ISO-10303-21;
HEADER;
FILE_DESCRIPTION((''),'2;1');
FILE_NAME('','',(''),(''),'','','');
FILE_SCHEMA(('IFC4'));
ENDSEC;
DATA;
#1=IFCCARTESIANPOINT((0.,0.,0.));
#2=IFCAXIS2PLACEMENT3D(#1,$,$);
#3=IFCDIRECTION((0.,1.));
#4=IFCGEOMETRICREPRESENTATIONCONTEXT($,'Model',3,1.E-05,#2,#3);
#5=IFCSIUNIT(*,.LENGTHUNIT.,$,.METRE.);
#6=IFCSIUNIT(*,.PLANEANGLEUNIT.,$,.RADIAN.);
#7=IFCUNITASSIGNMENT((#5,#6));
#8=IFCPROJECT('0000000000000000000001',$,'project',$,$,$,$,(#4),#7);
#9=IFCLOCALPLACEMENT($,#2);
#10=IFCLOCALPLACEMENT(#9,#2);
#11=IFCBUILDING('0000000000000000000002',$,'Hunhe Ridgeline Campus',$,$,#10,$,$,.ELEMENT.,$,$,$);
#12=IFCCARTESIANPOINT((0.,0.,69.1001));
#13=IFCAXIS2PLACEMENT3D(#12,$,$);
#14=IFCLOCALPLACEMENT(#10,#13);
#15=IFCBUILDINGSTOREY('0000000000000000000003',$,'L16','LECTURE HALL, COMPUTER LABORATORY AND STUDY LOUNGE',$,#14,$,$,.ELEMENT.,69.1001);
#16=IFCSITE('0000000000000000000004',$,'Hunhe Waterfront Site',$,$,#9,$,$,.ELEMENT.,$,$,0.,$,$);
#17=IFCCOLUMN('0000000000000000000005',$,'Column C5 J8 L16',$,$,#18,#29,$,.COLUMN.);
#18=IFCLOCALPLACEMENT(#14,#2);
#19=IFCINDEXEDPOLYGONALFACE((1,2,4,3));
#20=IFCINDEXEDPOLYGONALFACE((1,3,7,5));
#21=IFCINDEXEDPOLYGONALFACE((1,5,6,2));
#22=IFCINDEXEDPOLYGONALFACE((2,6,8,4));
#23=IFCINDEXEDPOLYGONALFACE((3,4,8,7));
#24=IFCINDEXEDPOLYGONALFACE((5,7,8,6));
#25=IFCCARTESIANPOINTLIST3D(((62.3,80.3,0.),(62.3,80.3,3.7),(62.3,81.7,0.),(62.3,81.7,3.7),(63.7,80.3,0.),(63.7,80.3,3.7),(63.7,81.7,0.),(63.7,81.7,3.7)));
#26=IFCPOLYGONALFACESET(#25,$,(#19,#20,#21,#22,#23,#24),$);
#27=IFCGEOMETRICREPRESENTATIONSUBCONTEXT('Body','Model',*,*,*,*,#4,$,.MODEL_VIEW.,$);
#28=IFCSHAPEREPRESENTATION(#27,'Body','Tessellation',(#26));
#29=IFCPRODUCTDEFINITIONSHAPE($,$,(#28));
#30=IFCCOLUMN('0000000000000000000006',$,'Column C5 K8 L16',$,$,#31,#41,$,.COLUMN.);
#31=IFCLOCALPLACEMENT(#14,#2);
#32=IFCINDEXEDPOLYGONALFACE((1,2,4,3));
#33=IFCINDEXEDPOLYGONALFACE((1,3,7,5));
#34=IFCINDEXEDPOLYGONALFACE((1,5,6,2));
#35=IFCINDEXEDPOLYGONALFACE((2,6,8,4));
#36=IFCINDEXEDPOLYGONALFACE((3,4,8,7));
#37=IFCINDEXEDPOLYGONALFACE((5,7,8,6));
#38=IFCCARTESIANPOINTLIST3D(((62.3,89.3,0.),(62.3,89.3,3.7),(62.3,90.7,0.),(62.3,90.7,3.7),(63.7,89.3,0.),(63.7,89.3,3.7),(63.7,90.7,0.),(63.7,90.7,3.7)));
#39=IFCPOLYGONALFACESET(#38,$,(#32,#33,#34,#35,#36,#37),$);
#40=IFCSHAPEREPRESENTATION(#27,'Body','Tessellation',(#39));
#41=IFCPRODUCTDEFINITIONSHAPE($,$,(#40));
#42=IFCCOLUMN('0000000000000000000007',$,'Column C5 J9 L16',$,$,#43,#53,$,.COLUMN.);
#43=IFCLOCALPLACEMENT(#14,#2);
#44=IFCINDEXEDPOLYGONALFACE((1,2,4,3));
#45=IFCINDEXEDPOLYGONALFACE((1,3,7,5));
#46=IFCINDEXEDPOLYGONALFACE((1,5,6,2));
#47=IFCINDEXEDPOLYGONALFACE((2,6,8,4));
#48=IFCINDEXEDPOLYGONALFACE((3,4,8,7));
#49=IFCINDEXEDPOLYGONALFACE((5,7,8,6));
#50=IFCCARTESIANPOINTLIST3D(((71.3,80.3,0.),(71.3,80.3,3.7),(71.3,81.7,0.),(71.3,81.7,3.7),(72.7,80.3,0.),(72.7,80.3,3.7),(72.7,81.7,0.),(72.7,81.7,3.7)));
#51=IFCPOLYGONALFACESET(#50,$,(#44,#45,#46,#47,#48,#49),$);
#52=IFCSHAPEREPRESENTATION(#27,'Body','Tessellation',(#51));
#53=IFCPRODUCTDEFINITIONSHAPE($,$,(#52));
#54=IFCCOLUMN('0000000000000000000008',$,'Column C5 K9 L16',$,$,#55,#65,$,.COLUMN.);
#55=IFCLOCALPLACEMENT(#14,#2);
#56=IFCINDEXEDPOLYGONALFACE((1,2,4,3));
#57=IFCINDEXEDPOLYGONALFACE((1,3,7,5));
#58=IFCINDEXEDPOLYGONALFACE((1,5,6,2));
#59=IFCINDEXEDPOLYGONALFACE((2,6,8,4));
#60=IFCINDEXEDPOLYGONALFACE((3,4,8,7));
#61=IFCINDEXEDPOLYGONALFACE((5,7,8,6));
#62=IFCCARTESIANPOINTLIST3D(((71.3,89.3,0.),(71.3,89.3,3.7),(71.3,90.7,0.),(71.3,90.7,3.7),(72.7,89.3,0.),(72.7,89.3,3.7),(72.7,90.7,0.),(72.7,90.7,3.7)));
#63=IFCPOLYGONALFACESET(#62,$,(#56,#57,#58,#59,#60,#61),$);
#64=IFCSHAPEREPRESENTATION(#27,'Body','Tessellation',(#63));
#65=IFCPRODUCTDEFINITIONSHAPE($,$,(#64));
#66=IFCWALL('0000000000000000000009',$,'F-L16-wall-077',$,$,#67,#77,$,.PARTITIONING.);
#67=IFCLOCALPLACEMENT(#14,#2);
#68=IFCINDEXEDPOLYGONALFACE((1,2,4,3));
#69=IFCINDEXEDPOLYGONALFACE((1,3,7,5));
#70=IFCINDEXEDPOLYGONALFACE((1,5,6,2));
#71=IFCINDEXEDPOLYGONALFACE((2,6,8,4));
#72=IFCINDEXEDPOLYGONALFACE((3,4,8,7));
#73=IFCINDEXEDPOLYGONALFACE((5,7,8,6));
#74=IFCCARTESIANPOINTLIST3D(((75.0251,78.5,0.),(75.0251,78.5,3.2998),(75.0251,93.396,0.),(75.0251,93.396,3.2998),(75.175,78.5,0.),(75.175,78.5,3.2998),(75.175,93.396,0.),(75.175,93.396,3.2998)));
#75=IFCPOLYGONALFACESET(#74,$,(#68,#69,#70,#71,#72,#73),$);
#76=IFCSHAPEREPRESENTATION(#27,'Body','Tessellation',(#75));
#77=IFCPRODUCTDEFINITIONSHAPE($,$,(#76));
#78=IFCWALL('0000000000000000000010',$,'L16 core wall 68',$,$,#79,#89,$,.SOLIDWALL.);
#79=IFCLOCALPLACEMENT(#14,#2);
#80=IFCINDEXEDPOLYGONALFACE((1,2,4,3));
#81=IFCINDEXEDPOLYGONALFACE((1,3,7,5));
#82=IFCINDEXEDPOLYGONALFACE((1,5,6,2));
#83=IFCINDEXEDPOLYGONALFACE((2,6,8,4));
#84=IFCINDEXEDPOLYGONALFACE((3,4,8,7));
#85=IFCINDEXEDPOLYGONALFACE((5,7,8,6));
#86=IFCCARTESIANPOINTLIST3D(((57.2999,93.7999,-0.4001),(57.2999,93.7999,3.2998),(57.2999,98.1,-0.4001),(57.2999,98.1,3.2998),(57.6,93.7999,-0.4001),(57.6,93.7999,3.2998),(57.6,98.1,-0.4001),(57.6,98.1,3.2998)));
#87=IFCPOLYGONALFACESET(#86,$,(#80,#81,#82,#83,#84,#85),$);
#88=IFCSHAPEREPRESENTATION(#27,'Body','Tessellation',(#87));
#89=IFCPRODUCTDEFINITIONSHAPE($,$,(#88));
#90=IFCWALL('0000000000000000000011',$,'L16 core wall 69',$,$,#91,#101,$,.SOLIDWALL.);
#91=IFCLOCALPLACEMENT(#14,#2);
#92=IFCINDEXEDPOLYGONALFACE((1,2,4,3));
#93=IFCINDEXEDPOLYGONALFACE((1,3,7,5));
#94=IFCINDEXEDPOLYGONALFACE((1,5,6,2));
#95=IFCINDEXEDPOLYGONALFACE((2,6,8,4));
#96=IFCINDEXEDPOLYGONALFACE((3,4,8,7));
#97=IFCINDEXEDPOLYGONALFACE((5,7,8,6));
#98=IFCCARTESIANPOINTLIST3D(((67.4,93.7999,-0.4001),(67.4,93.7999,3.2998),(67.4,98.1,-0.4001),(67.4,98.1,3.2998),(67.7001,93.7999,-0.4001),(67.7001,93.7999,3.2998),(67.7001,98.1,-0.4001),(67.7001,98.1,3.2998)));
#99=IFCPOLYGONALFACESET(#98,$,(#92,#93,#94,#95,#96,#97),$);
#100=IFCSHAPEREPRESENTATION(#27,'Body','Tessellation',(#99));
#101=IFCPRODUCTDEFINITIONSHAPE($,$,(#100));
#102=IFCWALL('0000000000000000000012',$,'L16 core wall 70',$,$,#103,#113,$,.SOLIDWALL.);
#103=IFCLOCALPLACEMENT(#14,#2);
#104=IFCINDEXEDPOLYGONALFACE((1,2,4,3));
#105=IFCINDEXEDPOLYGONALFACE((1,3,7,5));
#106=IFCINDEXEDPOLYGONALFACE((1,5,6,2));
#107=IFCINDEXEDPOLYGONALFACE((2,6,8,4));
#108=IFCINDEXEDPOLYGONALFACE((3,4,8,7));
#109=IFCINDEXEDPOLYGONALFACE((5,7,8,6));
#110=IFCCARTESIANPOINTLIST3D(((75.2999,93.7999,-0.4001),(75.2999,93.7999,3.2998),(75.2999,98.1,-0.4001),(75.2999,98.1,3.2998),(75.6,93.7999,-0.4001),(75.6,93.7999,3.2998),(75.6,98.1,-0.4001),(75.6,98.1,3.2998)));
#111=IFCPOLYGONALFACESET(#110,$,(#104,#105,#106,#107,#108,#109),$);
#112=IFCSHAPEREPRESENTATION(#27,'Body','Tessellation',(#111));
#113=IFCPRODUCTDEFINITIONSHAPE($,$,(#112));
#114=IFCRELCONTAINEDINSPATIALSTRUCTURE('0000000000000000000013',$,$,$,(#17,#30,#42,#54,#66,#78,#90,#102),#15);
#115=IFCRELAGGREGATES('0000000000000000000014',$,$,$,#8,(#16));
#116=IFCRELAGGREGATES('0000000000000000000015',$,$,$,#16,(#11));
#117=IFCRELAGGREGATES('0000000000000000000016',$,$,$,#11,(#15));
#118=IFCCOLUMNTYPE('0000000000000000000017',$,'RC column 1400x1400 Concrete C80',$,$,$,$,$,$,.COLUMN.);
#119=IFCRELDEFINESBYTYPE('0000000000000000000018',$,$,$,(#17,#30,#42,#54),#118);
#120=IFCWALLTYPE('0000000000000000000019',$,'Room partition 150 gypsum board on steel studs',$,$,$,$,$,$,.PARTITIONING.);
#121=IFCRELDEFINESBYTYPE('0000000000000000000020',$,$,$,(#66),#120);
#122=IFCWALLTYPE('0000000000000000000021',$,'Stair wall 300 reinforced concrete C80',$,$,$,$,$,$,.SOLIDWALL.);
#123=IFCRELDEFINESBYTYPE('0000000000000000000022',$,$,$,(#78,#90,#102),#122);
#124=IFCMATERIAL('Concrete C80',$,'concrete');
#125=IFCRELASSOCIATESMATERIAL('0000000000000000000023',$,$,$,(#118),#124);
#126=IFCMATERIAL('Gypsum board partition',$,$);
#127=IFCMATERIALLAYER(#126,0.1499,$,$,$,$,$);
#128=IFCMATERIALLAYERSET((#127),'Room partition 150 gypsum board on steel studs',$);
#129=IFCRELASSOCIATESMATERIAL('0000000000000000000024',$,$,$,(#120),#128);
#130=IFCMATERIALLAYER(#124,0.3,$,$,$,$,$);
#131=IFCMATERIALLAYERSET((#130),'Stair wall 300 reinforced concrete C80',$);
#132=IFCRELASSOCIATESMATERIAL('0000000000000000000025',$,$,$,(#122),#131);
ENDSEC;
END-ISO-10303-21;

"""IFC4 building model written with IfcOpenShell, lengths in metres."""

from ifc_helpers import new_model, si_unit, direction, frame, frame_2d, origin, origin_2d, place, context, subcontext, project, spatial, rectangle, extrude, material, layer, layer_set, material_profile, profile_set, type_object, element, save


model = new_model("IFC4")

# Units and contexts
model_context = context("Model", 3, precision=1e-05, world=origin(), true_north=direction((0.0, 1.0)))
body_context = subcontext(model_context, "Body", "Model", "MODEL_VIEW")
ifc_project = project(units=[si_unit("LENGTHUNIT", "METRE"), si_unit("PLANEANGLEUNIT", "RADIAN")], contexts=[model_context])

# Site, building, storey
site_placement = place(None, origin())
site = spatial("IfcSite", under=ifc_project, at=site_placement, Name="Hunhe Waterfront Site", CompositionType="ELEMENT", RefElevation=0.0)
building_placement = place(site_placement, origin())
building = spatial("IfcBuilding", under=site, at=building_placement, Name="Hunhe Ridgeline Campus", CompositionType="ELEMENT")
storey_placement = place(building_placement, frame((0.0, 0.0, 69.1001)))
storey = spatial("IfcBuildingStorey", under=building, at=storey_placement, Name="L16", Description="LECTURE HALL, COMPUTER LABORATORY AND STUDY LOUNGE", CompositionType="ELEMENT", Elevation=69.1001)

# Columns
ifc_material_1 = material(Name="Concrete C80", Category="concrete")
ifc_material_profile = material_profile(ifc_material_1, rectangle(XDim=1.3999, YDim=1.3999, at=origin_2d()))
ifc_profile_set = profile_set([ifc_material_profile], Name="Concrete C80")
column_type = type_object("IfcColumnType", Name="RC column 1400x1400 Concrete C80", PredefinedType="COLUMN", material=ifc_profile_set)
for number, where, z_axis, x_axis, name in (
    (1, (63.0, 81.0, 0.0), (0.0, 0.0, 1.0), (1.0, 0.0, 0.0), "Column C5 J8 L16"),
    (2, (63.0, 90.0, 0.0), (0.0, 0.0, 1.0), (1.0, 0.0, 0.0), "Column C5 K8 L16"),
    (3, (72.0, 81.0, 0.0), (0.0, 0.0, 1.0), (1.0, 0.0, 0.0), "Column C5 J9 L16"),
    (4, (72.0, 90.0, 0.0), (0.0, 0.0, 1.0), (1.0, 0.0, 0.0), "Column C5 K9 L16"),
):
    element("IfcColumn", number, at=place(storey_placement, frame(where, z_axis=z_axis, x_axis=x_axis)), inside=storey, type_object=column_type, Name=name, PredefinedType="COLUMN", context=body_context, shape_type="SweptSolid", body=[
        extrude(rectangle(XDim=1.3999, YDim=1.3999, at=origin_2d()), origin(), (0.0, 0.0, 1.0), 3.7),
    ])

# Shared definitions
ifc_material_2 = material(Name="Gypsum board partition")

# Wall
ifc_layer_1 = layer(ifc_material_2, 0.1499)
ifc_layer_set_1 = layer_set([ifc_layer_1], Name="Room partition 150 gypsum board on steel studs")
wall_type_1 = type_object("IfcWallType", Name="Room partition 150 gypsum board on steel studs", PredefinedType="PARTITIONING", material=ifc_layer_set_1)
wall_1_placement = place(storey_placement, frame((75.1001, 93.396, 0.0), z_axis=(0.0, 0.0, 1.0), x_axis=(0.0, -1.0, 0.0)))
element("IfcWall", 5, at=wall_1_placement, inside=storey, type_object=wall_type_1, Name="F-L16-wall-077", PredefinedType="PARTITIONING", context=body_context, shape_type="SweptSolid", body=[
    extrude(rectangle(XDim=14.896, YDim=0.1499, at=frame_2d((7.448, 0.0))), origin(), (0.0, 0.0, 1.0), 3.2998),
])

# Shared definitions
ifc_layer_2 = layer(ifc_material_1, 0.3)
ifc_layer_set_2 = layer_set([ifc_layer_2], Name="Stair wall 300 reinforced concrete C80")
wall_type_2 = type_object("IfcWallType", Name="Stair wall 300 reinforced concrete C80", PredefinedType="SOLIDWALL", material=ifc_layer_set_2)

# Walls
for number, where, z_axis, x_axis, name in (
    (6, (57.45, 93.8, -0.4001), (0.0, 0.0, 1.0), (0.0, 1.0, 0.0), "L16 core wall 68"),
    (7, (67.55, 93.8, -0.4001), (0.0, 0.0, 1.0), (0.0, 1.0, 0.0), "L16 core wall 69"),
    (8, (75.45, 93.8, -0.4001), (0.0, 0.0, 1.0), (0.0, 1.0, 0.0), "L16 core wall 70"),
):
    element("IfcWall", number, at=place(storey_placement, frame(where, z_axis=z_axis, x_axis=x_axis)), inside=storey, type_object=wall_type_2, Name=name, PredefinedType="SOLIDWALL", context=body_context, shape_type="SweptSolid", body=[
        extrude(rectangle(XDim=4.3, YDim=0.3, at=frame_2d((2.1499, 0.0))), origin(), (0.0, 0.0, 1.0), 3.7),
    ])

save(model, "model.ifc")
